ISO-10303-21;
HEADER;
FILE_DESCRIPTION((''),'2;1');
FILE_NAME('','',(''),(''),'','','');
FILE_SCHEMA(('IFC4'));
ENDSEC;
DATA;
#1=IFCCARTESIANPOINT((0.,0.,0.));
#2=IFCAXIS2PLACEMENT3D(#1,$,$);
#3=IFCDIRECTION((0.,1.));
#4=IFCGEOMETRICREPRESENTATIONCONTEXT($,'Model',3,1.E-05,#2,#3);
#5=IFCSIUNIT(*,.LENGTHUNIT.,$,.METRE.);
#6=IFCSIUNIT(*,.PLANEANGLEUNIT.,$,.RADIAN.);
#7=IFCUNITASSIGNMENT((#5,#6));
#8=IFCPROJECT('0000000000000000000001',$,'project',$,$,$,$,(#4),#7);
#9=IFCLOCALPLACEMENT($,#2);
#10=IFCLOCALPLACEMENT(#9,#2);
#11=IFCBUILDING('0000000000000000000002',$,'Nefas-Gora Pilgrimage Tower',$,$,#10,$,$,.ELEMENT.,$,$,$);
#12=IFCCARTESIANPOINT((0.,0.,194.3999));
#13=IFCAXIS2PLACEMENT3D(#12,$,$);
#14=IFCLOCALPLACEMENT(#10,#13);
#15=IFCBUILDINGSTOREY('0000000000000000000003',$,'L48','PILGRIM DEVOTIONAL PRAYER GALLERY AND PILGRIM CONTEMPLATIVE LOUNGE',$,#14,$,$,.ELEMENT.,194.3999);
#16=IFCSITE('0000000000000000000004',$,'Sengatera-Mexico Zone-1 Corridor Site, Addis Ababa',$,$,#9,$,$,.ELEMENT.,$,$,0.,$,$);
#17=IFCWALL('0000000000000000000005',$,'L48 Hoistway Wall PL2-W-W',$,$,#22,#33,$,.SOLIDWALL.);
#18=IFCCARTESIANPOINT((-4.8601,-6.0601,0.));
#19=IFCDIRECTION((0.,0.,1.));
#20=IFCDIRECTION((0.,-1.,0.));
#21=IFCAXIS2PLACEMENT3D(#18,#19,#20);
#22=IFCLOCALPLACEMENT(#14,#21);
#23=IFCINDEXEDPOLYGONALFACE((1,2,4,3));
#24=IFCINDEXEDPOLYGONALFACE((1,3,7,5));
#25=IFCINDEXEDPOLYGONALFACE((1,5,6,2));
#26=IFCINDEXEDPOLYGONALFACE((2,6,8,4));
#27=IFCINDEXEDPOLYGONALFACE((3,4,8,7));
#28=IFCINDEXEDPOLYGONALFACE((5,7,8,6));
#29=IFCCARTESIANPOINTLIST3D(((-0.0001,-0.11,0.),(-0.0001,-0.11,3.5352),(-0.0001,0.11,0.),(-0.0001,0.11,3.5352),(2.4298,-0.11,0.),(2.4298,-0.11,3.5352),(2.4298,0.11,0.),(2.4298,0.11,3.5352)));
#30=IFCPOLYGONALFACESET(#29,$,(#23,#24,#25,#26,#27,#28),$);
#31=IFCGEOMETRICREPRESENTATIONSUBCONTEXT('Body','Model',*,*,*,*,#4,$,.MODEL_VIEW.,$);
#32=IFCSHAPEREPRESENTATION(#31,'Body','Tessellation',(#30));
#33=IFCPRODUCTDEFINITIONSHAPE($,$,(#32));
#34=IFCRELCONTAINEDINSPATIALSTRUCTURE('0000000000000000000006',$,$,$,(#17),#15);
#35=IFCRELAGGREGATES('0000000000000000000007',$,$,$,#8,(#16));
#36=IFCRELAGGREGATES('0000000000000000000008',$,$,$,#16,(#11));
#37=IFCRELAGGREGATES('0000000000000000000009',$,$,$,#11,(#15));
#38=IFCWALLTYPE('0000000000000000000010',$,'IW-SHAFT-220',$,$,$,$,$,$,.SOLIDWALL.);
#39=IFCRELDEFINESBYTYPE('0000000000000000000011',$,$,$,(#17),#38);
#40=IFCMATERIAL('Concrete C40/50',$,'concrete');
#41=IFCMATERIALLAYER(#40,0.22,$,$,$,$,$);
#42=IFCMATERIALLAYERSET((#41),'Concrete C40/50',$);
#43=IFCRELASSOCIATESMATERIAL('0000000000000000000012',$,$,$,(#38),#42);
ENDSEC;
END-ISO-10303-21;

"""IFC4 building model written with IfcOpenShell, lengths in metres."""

from ifc_helpers import new_model, si_unit, direction, frame, frame_2d, origin, place, context, subcontext, project, spatial, rectangle, extrude, source, transform, mapped, material, layer, layer_set, type_object, element, save


model = new_model("IFC4")

# Units and contexts
model_context = context("Model", 3, precision=1e-05, world=origin(), true_north=direction((0.0, 1.0)))
body_context = subcontext(model_context, "Body", "Model", "MODEL_VIEW")
ifc_project = project(units=[si_unit("LENGTHUNIT", "METRE"), si_unit("PLANEANGLEUNIT", "RADIAN")], contexts=[model_context])

# Site, building, storey
site_placement = place(None, origin())
site = spatial("IfcSite", under=ifc_project, at=site_placement, Name="Sengatera-Mexico Zone-1 Corridor Site, Addis Ababa", CompositionType="ELEMENT", RefElevation=0.0)
building_placement = place(site_placement, origin())
building = spatial("IfcBuilding", under=site, at=building_placement, Name="Nefas-Gora Pilgrimage Tower", CompositionType="ELEMENT")
storey_placement = place(building_placement, frame((0.0, 0.0, 194.3999)))
storey = spatial("IfcBuildingStorey", under=building, at=storey_placement, Name="L48", Description="PILGRIM DEVOTIONAL PRAYER GALLERY AND PILGRIM CONTEMPLATIVE LOUNGE", CompositionType="ELEMENT", Elevation=194.3999)

# Wall
ifc_material_1 = material(Name="Concrete C40/50", Category="concrete")
ifc_layer_1 = layer(ifc_material_1, 0.22)
ifc_layer_set_1 = layer_set([ifc_layer_1], Name="Concrete C40/50")
wall_type_1 = type_object("IfcWallType", Name="IW-SHAFT-220", PredefinedType="SOLIDWALL", material=ifc_layer_set_1)
shared_shape_1 = source(origin(), body_context, "Body", "SweptSolid", [
    extrude(rectangle(XDim=2.4299, YDim=0.22, at=frame_2d((1.2148, 0.0))), origin(), (0.0, 0.0, 1.0), 3.5352),
])
wall_1_placement = place(storey_placement, frame((-4.8601, -6.0601, 0.0), z_axis=(0.0, 0.0, 1.0), x_axis=(0.0, -1.0, 0.0)))
element("IfcWall", 1, at=wall_1_placement, inside=storey, type_object=wall_type_1, Name="L48 Hoistway Wall PL2-W-W", PredefinedType="SOLIDWALL", context=body_context, shape_type="MappedRepresentation", body=[
    mapped(shared_shape_1, transform((0.0, 0.0, 0.0), x_axis=(1.0, 0.0, 0.0), y_axis=(0.0, 1.0, 0.0), z_axis=(0.0, 0.0, 1.0), scale=1.0)),
])

save(model, "model.ifc")
